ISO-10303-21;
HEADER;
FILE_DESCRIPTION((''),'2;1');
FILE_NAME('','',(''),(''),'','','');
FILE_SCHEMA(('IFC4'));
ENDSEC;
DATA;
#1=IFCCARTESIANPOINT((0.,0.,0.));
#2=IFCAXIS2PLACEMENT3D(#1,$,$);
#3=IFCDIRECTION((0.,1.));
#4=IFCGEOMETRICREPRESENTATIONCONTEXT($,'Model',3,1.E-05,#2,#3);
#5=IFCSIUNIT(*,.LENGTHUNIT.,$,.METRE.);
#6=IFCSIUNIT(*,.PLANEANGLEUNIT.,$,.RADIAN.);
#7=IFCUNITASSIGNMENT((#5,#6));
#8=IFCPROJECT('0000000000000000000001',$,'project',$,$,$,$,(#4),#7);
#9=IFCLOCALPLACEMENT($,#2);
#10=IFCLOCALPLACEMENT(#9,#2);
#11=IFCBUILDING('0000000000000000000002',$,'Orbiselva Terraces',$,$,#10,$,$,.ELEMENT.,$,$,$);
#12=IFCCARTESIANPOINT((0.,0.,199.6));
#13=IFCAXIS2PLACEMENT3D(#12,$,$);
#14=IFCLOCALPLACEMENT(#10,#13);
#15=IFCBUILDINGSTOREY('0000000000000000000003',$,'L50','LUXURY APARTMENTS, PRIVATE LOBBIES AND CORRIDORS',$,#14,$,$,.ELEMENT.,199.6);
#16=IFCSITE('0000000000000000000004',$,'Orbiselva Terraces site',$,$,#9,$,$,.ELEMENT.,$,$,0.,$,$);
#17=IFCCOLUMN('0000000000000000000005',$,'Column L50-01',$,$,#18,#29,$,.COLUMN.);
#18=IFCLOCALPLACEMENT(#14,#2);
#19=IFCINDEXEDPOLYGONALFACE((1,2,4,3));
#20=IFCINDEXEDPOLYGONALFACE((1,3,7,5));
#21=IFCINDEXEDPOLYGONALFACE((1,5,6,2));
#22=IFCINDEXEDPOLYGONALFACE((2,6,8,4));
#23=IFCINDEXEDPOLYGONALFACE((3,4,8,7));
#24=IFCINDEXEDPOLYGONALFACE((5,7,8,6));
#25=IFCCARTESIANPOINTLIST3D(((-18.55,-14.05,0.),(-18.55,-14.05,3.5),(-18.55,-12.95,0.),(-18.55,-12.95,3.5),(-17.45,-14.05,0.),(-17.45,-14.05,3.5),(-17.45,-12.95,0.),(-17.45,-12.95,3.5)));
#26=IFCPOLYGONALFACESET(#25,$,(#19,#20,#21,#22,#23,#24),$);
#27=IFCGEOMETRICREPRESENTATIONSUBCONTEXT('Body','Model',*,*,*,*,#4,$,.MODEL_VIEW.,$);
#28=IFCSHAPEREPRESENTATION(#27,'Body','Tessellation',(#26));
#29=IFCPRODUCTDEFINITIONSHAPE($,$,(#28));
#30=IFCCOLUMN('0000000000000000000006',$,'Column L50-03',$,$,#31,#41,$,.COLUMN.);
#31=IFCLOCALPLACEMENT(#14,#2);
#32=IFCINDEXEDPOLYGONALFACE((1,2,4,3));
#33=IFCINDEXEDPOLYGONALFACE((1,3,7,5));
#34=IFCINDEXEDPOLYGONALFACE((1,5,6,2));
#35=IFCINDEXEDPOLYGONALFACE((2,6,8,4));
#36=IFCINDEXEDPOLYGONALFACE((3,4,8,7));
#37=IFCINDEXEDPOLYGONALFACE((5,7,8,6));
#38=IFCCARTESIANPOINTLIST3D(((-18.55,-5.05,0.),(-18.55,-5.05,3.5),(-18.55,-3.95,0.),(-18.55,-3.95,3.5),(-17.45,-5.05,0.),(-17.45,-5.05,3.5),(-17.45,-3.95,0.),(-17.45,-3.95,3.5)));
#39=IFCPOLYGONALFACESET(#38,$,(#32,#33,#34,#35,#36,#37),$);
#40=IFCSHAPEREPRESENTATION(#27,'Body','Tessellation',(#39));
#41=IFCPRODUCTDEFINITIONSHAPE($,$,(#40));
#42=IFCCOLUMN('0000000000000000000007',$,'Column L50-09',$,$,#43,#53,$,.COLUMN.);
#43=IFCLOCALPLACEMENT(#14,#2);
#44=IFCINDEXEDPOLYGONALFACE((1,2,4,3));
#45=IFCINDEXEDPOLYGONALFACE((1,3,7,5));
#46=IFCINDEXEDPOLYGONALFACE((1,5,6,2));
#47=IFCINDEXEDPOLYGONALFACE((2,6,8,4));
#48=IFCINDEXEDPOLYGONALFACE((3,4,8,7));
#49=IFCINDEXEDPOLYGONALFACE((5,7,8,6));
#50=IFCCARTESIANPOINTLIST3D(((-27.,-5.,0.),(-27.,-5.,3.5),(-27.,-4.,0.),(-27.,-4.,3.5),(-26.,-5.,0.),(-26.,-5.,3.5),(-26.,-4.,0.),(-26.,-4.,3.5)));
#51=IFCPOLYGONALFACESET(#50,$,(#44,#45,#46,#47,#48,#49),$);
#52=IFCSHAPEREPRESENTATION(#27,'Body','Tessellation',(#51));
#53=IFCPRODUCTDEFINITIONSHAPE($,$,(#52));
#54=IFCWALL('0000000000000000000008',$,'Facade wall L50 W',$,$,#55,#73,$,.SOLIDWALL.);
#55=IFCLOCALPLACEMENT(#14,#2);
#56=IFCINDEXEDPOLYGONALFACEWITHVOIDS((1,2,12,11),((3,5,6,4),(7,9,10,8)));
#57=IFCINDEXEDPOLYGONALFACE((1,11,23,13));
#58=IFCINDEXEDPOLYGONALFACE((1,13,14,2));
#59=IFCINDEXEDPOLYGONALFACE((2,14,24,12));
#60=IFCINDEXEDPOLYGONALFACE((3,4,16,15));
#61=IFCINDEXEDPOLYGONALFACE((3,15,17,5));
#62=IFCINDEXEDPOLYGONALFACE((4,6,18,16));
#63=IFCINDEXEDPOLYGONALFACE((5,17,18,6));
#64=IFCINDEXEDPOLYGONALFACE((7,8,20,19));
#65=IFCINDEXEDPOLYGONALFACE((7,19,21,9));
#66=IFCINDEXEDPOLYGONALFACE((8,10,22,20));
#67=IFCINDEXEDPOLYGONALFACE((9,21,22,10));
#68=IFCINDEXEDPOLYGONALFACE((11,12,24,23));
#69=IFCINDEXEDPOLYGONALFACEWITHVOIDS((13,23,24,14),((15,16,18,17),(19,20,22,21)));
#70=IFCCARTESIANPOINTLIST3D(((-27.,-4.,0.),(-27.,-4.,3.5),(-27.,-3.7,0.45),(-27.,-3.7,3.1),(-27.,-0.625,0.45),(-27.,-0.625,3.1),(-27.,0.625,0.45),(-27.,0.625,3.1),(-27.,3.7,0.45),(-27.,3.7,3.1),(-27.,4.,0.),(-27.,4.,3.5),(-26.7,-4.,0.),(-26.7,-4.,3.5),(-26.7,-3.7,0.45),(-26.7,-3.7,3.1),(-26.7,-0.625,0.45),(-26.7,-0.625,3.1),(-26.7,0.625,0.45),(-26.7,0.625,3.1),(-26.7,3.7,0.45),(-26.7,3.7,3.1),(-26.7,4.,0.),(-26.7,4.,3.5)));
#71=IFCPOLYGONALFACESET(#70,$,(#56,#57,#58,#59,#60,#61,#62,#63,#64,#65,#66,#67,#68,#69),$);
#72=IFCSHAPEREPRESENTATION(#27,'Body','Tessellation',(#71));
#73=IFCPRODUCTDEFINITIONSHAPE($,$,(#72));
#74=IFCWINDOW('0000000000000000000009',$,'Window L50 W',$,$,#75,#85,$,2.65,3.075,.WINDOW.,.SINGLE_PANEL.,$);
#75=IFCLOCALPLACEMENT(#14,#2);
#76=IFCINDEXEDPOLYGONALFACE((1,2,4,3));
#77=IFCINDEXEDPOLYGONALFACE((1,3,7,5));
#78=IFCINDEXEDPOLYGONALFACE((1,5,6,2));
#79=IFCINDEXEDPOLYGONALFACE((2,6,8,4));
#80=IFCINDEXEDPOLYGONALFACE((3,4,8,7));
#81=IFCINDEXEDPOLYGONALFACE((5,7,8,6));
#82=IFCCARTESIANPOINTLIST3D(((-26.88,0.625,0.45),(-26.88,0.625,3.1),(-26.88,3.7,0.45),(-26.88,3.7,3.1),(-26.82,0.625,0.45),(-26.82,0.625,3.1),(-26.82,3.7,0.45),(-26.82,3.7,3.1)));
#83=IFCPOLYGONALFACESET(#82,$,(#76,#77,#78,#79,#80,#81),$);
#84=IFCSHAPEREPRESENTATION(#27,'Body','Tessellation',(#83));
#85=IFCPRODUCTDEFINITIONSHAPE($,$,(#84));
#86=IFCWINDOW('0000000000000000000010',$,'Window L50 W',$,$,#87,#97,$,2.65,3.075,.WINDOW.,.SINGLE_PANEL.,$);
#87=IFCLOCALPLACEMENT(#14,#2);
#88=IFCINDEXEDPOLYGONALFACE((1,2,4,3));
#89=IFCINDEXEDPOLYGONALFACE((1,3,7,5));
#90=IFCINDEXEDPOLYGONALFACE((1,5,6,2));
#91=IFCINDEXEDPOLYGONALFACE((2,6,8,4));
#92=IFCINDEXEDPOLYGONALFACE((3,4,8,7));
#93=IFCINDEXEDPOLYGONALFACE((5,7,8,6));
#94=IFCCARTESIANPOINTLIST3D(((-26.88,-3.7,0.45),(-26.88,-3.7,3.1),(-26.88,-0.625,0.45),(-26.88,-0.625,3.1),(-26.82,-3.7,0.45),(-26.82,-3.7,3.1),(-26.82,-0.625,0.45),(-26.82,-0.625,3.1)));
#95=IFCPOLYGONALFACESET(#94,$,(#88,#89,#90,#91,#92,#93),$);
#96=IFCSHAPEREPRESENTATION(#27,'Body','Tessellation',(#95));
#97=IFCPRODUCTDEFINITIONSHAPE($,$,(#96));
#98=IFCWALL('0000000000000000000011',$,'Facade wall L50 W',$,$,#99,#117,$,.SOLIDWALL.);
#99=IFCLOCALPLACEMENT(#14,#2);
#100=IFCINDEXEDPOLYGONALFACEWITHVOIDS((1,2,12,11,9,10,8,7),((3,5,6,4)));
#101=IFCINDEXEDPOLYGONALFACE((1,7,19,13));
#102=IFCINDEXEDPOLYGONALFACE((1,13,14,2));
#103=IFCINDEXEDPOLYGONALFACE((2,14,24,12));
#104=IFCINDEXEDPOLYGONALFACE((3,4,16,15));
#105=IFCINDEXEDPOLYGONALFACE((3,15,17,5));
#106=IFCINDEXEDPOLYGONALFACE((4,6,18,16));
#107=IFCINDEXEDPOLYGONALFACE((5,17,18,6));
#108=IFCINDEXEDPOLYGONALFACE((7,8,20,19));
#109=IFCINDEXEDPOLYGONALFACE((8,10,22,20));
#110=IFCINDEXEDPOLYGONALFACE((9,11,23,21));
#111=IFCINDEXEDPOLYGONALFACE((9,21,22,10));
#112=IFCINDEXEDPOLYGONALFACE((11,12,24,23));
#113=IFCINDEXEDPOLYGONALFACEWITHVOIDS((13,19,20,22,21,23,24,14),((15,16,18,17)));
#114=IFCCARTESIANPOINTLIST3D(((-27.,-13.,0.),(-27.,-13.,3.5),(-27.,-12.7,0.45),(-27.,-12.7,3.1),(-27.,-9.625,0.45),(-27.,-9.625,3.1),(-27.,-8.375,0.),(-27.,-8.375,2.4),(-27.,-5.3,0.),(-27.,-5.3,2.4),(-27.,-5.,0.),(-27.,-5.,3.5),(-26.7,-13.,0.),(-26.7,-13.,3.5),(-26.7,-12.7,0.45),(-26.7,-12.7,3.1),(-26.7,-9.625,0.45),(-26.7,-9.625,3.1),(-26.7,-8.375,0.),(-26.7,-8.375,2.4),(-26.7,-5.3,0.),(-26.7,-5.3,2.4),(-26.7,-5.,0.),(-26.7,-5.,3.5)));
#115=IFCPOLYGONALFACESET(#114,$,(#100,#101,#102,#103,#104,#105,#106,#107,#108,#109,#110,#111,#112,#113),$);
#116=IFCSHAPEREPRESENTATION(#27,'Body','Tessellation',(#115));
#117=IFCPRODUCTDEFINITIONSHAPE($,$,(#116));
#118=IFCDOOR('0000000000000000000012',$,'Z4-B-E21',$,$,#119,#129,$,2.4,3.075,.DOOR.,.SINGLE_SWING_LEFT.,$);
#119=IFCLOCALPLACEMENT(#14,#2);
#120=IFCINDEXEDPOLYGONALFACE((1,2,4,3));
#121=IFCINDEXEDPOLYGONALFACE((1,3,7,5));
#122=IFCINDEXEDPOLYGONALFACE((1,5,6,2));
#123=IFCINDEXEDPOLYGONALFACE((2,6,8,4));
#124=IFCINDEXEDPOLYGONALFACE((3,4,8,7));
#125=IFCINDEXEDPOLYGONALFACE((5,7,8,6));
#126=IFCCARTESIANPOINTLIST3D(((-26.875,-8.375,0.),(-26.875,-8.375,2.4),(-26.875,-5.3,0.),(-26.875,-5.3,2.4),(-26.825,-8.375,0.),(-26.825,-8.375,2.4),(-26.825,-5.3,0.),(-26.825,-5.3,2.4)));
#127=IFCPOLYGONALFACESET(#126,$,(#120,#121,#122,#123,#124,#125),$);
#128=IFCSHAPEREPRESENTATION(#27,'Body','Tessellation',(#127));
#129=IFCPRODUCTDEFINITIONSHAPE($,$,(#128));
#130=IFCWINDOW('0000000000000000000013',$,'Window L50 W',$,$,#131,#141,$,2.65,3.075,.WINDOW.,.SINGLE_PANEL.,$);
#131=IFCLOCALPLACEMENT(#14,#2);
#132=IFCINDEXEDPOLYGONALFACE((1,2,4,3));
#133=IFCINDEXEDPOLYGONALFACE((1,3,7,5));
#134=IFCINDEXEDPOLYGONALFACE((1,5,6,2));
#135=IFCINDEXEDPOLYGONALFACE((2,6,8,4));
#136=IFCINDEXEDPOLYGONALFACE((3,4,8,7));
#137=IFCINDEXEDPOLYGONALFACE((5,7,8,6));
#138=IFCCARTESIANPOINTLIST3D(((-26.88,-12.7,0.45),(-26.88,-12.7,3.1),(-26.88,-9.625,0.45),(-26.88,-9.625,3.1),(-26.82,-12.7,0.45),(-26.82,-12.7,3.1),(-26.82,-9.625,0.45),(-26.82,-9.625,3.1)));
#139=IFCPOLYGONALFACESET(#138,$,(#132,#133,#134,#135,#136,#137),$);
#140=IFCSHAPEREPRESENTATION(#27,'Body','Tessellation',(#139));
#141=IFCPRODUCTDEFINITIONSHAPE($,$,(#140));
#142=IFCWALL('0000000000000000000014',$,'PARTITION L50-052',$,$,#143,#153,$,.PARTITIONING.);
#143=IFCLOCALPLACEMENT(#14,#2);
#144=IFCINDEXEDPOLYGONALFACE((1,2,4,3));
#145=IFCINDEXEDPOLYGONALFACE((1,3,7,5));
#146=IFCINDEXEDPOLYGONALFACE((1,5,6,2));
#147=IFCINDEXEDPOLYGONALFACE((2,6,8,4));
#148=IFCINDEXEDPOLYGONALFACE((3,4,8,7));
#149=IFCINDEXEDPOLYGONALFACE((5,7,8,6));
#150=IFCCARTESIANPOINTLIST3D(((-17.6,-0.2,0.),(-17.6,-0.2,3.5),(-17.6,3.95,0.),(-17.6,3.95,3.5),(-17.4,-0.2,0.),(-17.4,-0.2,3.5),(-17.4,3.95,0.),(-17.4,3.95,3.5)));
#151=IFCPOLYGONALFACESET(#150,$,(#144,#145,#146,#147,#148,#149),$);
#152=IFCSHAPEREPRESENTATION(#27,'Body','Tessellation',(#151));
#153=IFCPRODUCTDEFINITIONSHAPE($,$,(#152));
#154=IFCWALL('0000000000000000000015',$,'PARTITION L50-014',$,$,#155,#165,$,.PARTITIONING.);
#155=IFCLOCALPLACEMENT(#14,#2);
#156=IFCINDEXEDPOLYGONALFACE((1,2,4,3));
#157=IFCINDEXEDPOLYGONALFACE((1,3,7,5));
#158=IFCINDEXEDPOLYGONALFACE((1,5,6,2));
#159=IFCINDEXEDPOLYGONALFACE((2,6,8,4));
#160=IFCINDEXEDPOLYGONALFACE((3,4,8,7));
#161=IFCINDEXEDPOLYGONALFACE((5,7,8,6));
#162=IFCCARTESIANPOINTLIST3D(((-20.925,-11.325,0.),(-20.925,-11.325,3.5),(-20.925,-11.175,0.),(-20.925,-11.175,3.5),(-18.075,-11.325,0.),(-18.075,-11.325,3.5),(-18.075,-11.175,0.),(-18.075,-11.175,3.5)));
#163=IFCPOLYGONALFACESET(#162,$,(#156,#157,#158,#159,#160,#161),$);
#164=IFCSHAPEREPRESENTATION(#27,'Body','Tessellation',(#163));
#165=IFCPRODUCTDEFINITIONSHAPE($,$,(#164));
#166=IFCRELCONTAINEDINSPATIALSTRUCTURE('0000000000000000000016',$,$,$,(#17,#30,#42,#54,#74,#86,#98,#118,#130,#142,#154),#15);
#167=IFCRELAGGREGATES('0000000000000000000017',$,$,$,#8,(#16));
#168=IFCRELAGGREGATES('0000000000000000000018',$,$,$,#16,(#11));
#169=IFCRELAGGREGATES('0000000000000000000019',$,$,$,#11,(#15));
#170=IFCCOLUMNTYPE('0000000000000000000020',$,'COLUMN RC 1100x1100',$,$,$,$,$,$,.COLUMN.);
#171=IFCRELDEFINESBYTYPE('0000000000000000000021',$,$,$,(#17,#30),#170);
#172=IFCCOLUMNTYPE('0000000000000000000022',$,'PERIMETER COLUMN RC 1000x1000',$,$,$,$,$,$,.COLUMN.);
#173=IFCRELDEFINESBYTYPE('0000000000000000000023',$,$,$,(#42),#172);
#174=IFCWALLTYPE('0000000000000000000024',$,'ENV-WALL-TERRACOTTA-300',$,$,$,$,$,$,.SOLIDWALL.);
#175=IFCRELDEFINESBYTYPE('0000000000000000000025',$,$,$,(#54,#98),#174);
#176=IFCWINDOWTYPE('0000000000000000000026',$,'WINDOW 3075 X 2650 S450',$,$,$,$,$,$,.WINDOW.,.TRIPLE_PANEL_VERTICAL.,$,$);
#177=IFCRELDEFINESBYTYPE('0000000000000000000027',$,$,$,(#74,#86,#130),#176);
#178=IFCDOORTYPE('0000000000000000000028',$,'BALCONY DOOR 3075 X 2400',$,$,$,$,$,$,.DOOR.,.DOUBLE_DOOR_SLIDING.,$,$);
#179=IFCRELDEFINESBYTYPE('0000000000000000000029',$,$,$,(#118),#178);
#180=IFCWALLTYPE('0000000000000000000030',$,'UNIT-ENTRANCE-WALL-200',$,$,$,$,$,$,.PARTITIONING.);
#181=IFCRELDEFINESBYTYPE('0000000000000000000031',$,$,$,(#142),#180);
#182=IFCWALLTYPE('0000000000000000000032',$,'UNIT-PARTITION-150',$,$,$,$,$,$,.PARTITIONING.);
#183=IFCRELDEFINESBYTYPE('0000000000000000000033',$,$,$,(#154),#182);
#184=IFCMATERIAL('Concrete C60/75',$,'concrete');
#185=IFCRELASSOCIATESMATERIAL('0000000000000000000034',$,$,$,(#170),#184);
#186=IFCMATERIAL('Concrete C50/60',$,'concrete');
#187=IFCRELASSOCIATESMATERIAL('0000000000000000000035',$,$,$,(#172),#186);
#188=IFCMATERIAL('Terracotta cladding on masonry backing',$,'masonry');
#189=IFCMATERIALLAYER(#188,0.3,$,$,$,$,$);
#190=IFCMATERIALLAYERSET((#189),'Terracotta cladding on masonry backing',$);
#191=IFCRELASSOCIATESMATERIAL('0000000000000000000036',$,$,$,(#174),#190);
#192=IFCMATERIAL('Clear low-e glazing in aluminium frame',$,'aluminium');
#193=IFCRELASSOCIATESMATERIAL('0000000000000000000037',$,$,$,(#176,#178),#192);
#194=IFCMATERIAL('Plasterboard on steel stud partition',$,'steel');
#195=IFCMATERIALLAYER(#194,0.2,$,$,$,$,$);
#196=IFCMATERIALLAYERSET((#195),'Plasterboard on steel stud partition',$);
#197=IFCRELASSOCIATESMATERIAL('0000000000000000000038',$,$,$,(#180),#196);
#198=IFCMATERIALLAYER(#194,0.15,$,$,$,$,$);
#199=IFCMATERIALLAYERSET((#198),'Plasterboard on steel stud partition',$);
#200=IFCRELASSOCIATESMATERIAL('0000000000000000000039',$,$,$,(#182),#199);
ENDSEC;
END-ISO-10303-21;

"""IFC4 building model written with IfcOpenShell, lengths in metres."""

from ifc_helpers import new_model, si_unit, direction, frame, frame_2d, origin, origin_2d, place, context, subcontext, project, spatial, rectangle, extrude, material, layer, layer_set, material_profile, profile_set, type_object, element, fill, save


model = new_model("IFC4")

# Units and contexts
model_context = context("Model", 3, precision=1e-05, world=origin(), true_north=direction((0.0, 1.0)))
body_context = subcontext(model_context, "Body", "Model", "MODEL_VIEW")
ifc_project = project(units=[si_unit("LENGTHUNIT", "METRE"), si_unit("PLANEANGLEUNIT", "RADIAN")], contexts=[model_context])

# Site, building, storey
site_placement = place(None, origin())
site = spatial("IfcSite", under=ifc_project, at=site_placement, Name="Orbiselva Terraces site", CompositionType="ELEMENT", RefElevation=0.0)
building_placement = place(site_placement, origin())
building = spatial("IfcBuilding", under=site, at=building_placement, Name="Orbiselva Terraces", CompositionType="ELEMENT")
storey_placement = place(building_placement, frame((0.0, 0.0, 199.6)))
storey = spatial("IfcBuildingStorey", under=building, at=storey_placement, Name="L50", Description="LUXURY APARTMENTS, PRIVATE LOBBIES AND CORRIDORS", CompositionType="ELEMENT", Elevation=199.6)

# Columns
ifc_material_1 = material(Name="Concrete C60/75", Category="concrete")
ifc_material_profile_1 = material_profile(ifc_material_1, rectangle(XDim=1.1, YDim=1.1, at=origin_2d()), Name="RC 1100x1100")
ifc_profile_set_1 = profile_set([ifc_material_profile_1], Name="Concrete C60/75")
column_type_1 = type_object("IfcColumnType", Name="COLUMN RC 1100x1100", PredefinedType="COLUMN", material=ifc_profile_set_1)
for number, where, z_axis, x_axis, name in (
    (1, (-18.0, -13.5, 0.0), (0.0, 0.0, 1.0), (1.0, 0.0, 0.0), "Column L50-01"),
    (2, (-18.0, -4.5, 0.0), (0.0, 0.0, 1.0), (1.0, 0.0, 0.0), "Column L50-03"),
):
    element("IfcColumn", number, at=place(storey_placement, frame(where, z_axis=z_axis, x_axis=x_axis)), inside=storey, type_object=column_type_1, Name=name, PredefinedType="COLUMN", context=body_context, shape_type="SweptSolid", body=[
        extrude(rectangle(XDim=1.1, YDim=1.1, at=origin_2d()), origin(), (0.0, 0.0, 1.0), 3.5),
    ])
ifc_material_2 = material(Name="Concrete C50/60", Category="concrete")
ifc_material_profile_2 = material_profile(ifc_material_2, rectangle(XDim=1.0, YDim=1.0, at=origin_2d()), Name="RC 1000x1000")
ifc_profile_set_2 = profile_set([ifc_material_profile_2], Name="Concrete C50/60")
column_type_2 = type_object("IfcColumnType", Name="PERIMETER COLUMN RC 1000x1000", PredefinedType="COLUMN", material=ifc_profile_set_2)
column_placement = place(storey_placement, frame((-26.5, -4.5, 0.0), z_axis=(0.0, 0.0, 1.0), x_axis=(1.0, 0.0, 0.0)))
element("IfcColumn", 3, at=column_placement, inside=storey, type_object=column_type_2, Name="Column L50-09", PredefinedType="COLUMN", context=body_context, shape_type="SweptSolid", body=[
    extrude(rectangle(XDim=1.0, YDim=1.0, at=origin_2d()), origin(), (0.0, 0.0, 1.0), 3.5),
])

# Wall, openings, windows
ifc_material_3 = material(Name="Terracotta cladding on masonry backing", Category="masonry")
ifc_layer_1 = layer(ifc_material_3, 0.3)
ifc_layer_set_1 = layer_set([ifc_layer_1], Name="Terracotta cladding on masonry backing")
wall_type_1 = type_object("IfcWallType", Name="ENV-WALL-TERRACOTTA-300", PredefinedType="SOLIDWALL", material=ifc_layer_set_1)
wall_1_placement = place(storey_placement, frame((-26.85, -4.0, 0.0), z_axis=(0.0, 0.0, 1.0), x_axis=(0.0, 1.0, 0.0)))
wall_1 = element("IfcWall", 4, at=wall_1_placement, inside=storey, type_object=wall_type_1, Name="Facade wall L50 W", PredefinedType="SOLIDWALL", context=body_context, shape_type="SweptSolid", body=[
    extrude(rectangle(XDim=8.0, YDim=0.3, at=frame_2d((4.0, 0.0))), origin(), (0.0, 0.0, 1.0), 3.5),
])
opening_1_placement = place(wall_1_placement, frame((4.625, 0.0, 0.45)))
opening_1 = element("IfcOpeningElement", 5, at=opening_1_placement, cuts=wall_1, PredefinedType="OPENING", context=body_context, shape_type="SweptSolid", body=[
    extrude(rectangle(XDim=3.075, YDim=2.65, at=frame_2d((1.5375, 1.325))), frame((0.0, 0.16, 0.0), z_axis=(0.0, -1.0, 0.0), x_axis=(1.0, 0.0, 0.0)), (0.0, 0.0, 1.0), 0.32),
])
opening_2_placement = place(wall_1_placement, frame((0.3, 0.0, 0.45)))
opening_2 = element("IfcOpeningElement", 6, at=opening_2_placement, cuts=wall_1, PredefinedType="OPENING", context=body_context, shape_type="SweptSolid", body=[
    extrude(rectangle(XDim=3.075, YDim=2.65, at=frame_2d((1.5375, 1.325))), frame((0.0, 0.16, 0.0), z_axis=(0.0, -1.0, 0.0), x_axis=(1.0, 0.0, 0.0)), (0.0, 0.0, 1.0), 0.32),
])
ifc_material_4 = material(Name="Clear low-e glazing in aluminium frame", Category="aluminium")
window_type = type_object("IfcWindowType", Name="WINDOW 3075 X 2650 S450", PartitioningType="TRIPLE_PANEL_VERTICAL", PredefinedType="WINDOW", material=ifc_material_4)
window_1_placement = place(opening_1_placement, origin())
window_1 = element("IfcWindow", 7, at=window_1_placement, inside=storey, type_object=window_type, Name="Window L50 W", OverallHeight=2.65, OverallWidth=3.075, PartitioningType="SINGLE_PANEL", PredefinedType="WINDOW", context=body_context, shape_type="SweptSolid", body=[
    extrude(rectangle(XDim=3.075, YDim=2.65, at=frame_2d((1.5375, 1.325))), frame((0.0, 0.03, 0.0), z_axis=(0.0, -1.0, 0.0), x_axis=(1.0, 0.0, 0.0)), (0.0, 0.0, 1.0), 0.06),
])
fill(opening_1, window_1)
window_2_placement = place(opening_2_placement, origin())
window_2 = element("IfcWindow", 8, at=window_2_placement, inside=storey, type_object=window_type, Name="Window L50 W", OverallHeight=2.65, OverallWidth=3.075, PartitioningType="SINGLE_PANEL", PredefinedType="WINDOW", context=body_context, shape_type="SweptSolid", body=[
    extrude(rectangle(XDim=3.075, YDim=2.65, at=frame_2d((1.5375, 1.325))), frame((0.0, 0.03, 0.0), z_axis=(0.0, -1.0, 0.0), x_axis=(1.0, 0.0, 0.0)), (0.0, 0.0, 1.0), 0.06),
])
fill(opening_2, window_2)

# Wall, openings, door, window
wall_2_placement = place(storey_placement, frame((-26.85, -13.0, 0.0), z_axis=(0.0, 0.0, 1.0), x_axis=(0.0, 1.0, 0.0)))
wall_2 = element("IfcWall", 9, at=wall_2_placement, inside=storey, type_object=wall_type_1, Name="Facade wall L50 W", PredefinedType="SOLIDWALL", context=body_context, shape_type="SweptSolid", body=[
    extrude(rectangle(XDim=8.0, YDim=0.3, at=frame_2d((4.0, 0.0))), origin(), (0.0, 0.0, 1.0), 3.5),
])
opening_3_placement = place(wall_2_placement, frame((4.625, 0.0, 0.0)))
opening_3 = element("IfcOpeningElement", 10, at=opening_3_placement, cuts=wall_2, PredefinedType="OPENING", context=body_context, shape_type="SweptSolid", body=[
    extrude(rectangle(XDim=3.075, YDim=2.4, at=frame_2d((1.5375, 1.2))), frame((0.0, 0.16, 0.0), z_axis=(0.0, -1.0, 0.0), x_axis=(1.0, 0.0, 0.0)), (0.0, 0.0, 1.0), 0.32),
])
opening_4_placement = place(wall_2_placement, frame((0.3, 0.0, 0.45)))
opening_4 = element("IfcOpeningElement", 11, at=opening_4_placement, cuts=wall_2, PredefinedType="OPENING", context=body_context, shape_type="SweptSolid", body=[
    extrude(rectangle(XDim=3.075, YDim=2.65, at=frame_2d((1.5375, 1.325))), frame((0.0, 0.16, 0.0), z_axis=(0.0, -1.0, 0.0), x_axis=(1.0, 0.0, 0.0)), (0.0, 0.0, 1.0), 0.32),
])
door_type_1 = type_object("IfcDoorType", Name="BALCONY DOOR 3075 X 2400", OperationType="DOUBLE_DOOR_SLIDING", PredefinedType="DOOR", material=ifc_material_4)
door_1_placement = place(opening_3_placement, origin())
door_1 = element("IfcDoor", 12, at=door_1_placement, inside=storey, type_object=door_type_1, Name="Z4-B-E21", OperationType="SINGLE_SWING_LEFT", OverallHeight=2.4, OverallWidth=3.075, PredefinedType="DOOR", context=body_context, shape_type="SweptSolid", body=[
    extrude(rectangle(XDim=3.075, YDim=2.4, at=frame_2d((1.5375, 1.2))), frame((0.0, 0.025, 0.0), z_axis=(0.0, -1.0, 0.0), x_axis=(1.0, 0.0, 0.0)), (0.0, 0.0, 1.0), 0.05),
])
fill(opening_3, door_1)
window_3_placement = place(opening_4_placement, origin())
window_3 = element("IfcWindow", 13, at=window_3_placement, inside=storey, type_object=window_type, Name="Window L50 W", OverallHeight=2.65, OverallWidth=3.075, PartitioningType="SINGLE_PANEL", PredefinedType="WINDOW", context=body_context, shape_type="SweptSolid", body=[
    extrude(rectangle(XDim=3.075, YDim=2.65, at=frame_2d((1.5375, 1.325))), frame((0.0, 0.03, 0.0), z_axis=(0.0, -1.0, 0.0), x_axis=(1.0, 0.0, 0.0)), (0.0, 0.0, 1.0), 0.06),
])
fill(opening_4, window_3)

# Walls
ifc_material_5 = material(Name="Plasterboard on steel stud partition", Category="steel")
ifc_layer_2 = layer(ifc_material_5, 0.2)
ifc_layer_set_2 = layer_set([ifc_layer_2], Name="Plasterboard on steel stud partition")
wall_type_2 = type_object("IfcWallType", Name="UNIT-ENTRANCE-WALL-200", PredefinedType="PARTITIONING", material=ifc_layer_set_2)
wall_3_placement = place(storey_placement, frame((-17.5, -0.2, 0.0), z_axis=(0.0, 0.0, 1.0), x_axis=(0.0, 1.0, 0.0)))
element("IfcWall", 14, at=wall_3_placement, inside=storey, type_object=wall_type_2, Name="PARTITION L50-052", PredefinedType="PARTITIONING", context=body_context, shape_type="SweptSolid", body=[
    extrude(rectangle(XDim=4.15, YDim=0.2, at=frame_2d((2.075, 0.0))), origin(), (0.0, 0.0, 1.0), 3.5),
])
ifc_layer_3 = layer(ifc_material_5, 0.15)
ifc_layer_set_3 = layer_set([ifc_layer_3], Name="Plasterboard on steel stud partition")
wall_type_3 = type_object("IfcWallType", Name="UNIT-PARTITION-150", PredefinedType="PARTITIONING", material=ifc_layer_set_3)
wall_4_placement = place(storey_placement, frame((-20.925, -11.25, 0.0), z_axis=(0.0, 0.0, 1.0), x_axis=(1.0, 0.0, 0.0)))
element("IfcWall", 15, at=wall_4_placement, inside=storey, type_object=wall_type_3, Name="PARTITION L50-014", PredefinedType="PARTITIONING", context=body_context, shape_type="SweptSolid", body=[
    extrude(rectangle(XDim=2.85, YDim=0.15, at=frame_2d((1.425, 0.0))), origin(), (0.0, 0.0, 1.0), 3.5),
])

save(model, "model.ifc")
